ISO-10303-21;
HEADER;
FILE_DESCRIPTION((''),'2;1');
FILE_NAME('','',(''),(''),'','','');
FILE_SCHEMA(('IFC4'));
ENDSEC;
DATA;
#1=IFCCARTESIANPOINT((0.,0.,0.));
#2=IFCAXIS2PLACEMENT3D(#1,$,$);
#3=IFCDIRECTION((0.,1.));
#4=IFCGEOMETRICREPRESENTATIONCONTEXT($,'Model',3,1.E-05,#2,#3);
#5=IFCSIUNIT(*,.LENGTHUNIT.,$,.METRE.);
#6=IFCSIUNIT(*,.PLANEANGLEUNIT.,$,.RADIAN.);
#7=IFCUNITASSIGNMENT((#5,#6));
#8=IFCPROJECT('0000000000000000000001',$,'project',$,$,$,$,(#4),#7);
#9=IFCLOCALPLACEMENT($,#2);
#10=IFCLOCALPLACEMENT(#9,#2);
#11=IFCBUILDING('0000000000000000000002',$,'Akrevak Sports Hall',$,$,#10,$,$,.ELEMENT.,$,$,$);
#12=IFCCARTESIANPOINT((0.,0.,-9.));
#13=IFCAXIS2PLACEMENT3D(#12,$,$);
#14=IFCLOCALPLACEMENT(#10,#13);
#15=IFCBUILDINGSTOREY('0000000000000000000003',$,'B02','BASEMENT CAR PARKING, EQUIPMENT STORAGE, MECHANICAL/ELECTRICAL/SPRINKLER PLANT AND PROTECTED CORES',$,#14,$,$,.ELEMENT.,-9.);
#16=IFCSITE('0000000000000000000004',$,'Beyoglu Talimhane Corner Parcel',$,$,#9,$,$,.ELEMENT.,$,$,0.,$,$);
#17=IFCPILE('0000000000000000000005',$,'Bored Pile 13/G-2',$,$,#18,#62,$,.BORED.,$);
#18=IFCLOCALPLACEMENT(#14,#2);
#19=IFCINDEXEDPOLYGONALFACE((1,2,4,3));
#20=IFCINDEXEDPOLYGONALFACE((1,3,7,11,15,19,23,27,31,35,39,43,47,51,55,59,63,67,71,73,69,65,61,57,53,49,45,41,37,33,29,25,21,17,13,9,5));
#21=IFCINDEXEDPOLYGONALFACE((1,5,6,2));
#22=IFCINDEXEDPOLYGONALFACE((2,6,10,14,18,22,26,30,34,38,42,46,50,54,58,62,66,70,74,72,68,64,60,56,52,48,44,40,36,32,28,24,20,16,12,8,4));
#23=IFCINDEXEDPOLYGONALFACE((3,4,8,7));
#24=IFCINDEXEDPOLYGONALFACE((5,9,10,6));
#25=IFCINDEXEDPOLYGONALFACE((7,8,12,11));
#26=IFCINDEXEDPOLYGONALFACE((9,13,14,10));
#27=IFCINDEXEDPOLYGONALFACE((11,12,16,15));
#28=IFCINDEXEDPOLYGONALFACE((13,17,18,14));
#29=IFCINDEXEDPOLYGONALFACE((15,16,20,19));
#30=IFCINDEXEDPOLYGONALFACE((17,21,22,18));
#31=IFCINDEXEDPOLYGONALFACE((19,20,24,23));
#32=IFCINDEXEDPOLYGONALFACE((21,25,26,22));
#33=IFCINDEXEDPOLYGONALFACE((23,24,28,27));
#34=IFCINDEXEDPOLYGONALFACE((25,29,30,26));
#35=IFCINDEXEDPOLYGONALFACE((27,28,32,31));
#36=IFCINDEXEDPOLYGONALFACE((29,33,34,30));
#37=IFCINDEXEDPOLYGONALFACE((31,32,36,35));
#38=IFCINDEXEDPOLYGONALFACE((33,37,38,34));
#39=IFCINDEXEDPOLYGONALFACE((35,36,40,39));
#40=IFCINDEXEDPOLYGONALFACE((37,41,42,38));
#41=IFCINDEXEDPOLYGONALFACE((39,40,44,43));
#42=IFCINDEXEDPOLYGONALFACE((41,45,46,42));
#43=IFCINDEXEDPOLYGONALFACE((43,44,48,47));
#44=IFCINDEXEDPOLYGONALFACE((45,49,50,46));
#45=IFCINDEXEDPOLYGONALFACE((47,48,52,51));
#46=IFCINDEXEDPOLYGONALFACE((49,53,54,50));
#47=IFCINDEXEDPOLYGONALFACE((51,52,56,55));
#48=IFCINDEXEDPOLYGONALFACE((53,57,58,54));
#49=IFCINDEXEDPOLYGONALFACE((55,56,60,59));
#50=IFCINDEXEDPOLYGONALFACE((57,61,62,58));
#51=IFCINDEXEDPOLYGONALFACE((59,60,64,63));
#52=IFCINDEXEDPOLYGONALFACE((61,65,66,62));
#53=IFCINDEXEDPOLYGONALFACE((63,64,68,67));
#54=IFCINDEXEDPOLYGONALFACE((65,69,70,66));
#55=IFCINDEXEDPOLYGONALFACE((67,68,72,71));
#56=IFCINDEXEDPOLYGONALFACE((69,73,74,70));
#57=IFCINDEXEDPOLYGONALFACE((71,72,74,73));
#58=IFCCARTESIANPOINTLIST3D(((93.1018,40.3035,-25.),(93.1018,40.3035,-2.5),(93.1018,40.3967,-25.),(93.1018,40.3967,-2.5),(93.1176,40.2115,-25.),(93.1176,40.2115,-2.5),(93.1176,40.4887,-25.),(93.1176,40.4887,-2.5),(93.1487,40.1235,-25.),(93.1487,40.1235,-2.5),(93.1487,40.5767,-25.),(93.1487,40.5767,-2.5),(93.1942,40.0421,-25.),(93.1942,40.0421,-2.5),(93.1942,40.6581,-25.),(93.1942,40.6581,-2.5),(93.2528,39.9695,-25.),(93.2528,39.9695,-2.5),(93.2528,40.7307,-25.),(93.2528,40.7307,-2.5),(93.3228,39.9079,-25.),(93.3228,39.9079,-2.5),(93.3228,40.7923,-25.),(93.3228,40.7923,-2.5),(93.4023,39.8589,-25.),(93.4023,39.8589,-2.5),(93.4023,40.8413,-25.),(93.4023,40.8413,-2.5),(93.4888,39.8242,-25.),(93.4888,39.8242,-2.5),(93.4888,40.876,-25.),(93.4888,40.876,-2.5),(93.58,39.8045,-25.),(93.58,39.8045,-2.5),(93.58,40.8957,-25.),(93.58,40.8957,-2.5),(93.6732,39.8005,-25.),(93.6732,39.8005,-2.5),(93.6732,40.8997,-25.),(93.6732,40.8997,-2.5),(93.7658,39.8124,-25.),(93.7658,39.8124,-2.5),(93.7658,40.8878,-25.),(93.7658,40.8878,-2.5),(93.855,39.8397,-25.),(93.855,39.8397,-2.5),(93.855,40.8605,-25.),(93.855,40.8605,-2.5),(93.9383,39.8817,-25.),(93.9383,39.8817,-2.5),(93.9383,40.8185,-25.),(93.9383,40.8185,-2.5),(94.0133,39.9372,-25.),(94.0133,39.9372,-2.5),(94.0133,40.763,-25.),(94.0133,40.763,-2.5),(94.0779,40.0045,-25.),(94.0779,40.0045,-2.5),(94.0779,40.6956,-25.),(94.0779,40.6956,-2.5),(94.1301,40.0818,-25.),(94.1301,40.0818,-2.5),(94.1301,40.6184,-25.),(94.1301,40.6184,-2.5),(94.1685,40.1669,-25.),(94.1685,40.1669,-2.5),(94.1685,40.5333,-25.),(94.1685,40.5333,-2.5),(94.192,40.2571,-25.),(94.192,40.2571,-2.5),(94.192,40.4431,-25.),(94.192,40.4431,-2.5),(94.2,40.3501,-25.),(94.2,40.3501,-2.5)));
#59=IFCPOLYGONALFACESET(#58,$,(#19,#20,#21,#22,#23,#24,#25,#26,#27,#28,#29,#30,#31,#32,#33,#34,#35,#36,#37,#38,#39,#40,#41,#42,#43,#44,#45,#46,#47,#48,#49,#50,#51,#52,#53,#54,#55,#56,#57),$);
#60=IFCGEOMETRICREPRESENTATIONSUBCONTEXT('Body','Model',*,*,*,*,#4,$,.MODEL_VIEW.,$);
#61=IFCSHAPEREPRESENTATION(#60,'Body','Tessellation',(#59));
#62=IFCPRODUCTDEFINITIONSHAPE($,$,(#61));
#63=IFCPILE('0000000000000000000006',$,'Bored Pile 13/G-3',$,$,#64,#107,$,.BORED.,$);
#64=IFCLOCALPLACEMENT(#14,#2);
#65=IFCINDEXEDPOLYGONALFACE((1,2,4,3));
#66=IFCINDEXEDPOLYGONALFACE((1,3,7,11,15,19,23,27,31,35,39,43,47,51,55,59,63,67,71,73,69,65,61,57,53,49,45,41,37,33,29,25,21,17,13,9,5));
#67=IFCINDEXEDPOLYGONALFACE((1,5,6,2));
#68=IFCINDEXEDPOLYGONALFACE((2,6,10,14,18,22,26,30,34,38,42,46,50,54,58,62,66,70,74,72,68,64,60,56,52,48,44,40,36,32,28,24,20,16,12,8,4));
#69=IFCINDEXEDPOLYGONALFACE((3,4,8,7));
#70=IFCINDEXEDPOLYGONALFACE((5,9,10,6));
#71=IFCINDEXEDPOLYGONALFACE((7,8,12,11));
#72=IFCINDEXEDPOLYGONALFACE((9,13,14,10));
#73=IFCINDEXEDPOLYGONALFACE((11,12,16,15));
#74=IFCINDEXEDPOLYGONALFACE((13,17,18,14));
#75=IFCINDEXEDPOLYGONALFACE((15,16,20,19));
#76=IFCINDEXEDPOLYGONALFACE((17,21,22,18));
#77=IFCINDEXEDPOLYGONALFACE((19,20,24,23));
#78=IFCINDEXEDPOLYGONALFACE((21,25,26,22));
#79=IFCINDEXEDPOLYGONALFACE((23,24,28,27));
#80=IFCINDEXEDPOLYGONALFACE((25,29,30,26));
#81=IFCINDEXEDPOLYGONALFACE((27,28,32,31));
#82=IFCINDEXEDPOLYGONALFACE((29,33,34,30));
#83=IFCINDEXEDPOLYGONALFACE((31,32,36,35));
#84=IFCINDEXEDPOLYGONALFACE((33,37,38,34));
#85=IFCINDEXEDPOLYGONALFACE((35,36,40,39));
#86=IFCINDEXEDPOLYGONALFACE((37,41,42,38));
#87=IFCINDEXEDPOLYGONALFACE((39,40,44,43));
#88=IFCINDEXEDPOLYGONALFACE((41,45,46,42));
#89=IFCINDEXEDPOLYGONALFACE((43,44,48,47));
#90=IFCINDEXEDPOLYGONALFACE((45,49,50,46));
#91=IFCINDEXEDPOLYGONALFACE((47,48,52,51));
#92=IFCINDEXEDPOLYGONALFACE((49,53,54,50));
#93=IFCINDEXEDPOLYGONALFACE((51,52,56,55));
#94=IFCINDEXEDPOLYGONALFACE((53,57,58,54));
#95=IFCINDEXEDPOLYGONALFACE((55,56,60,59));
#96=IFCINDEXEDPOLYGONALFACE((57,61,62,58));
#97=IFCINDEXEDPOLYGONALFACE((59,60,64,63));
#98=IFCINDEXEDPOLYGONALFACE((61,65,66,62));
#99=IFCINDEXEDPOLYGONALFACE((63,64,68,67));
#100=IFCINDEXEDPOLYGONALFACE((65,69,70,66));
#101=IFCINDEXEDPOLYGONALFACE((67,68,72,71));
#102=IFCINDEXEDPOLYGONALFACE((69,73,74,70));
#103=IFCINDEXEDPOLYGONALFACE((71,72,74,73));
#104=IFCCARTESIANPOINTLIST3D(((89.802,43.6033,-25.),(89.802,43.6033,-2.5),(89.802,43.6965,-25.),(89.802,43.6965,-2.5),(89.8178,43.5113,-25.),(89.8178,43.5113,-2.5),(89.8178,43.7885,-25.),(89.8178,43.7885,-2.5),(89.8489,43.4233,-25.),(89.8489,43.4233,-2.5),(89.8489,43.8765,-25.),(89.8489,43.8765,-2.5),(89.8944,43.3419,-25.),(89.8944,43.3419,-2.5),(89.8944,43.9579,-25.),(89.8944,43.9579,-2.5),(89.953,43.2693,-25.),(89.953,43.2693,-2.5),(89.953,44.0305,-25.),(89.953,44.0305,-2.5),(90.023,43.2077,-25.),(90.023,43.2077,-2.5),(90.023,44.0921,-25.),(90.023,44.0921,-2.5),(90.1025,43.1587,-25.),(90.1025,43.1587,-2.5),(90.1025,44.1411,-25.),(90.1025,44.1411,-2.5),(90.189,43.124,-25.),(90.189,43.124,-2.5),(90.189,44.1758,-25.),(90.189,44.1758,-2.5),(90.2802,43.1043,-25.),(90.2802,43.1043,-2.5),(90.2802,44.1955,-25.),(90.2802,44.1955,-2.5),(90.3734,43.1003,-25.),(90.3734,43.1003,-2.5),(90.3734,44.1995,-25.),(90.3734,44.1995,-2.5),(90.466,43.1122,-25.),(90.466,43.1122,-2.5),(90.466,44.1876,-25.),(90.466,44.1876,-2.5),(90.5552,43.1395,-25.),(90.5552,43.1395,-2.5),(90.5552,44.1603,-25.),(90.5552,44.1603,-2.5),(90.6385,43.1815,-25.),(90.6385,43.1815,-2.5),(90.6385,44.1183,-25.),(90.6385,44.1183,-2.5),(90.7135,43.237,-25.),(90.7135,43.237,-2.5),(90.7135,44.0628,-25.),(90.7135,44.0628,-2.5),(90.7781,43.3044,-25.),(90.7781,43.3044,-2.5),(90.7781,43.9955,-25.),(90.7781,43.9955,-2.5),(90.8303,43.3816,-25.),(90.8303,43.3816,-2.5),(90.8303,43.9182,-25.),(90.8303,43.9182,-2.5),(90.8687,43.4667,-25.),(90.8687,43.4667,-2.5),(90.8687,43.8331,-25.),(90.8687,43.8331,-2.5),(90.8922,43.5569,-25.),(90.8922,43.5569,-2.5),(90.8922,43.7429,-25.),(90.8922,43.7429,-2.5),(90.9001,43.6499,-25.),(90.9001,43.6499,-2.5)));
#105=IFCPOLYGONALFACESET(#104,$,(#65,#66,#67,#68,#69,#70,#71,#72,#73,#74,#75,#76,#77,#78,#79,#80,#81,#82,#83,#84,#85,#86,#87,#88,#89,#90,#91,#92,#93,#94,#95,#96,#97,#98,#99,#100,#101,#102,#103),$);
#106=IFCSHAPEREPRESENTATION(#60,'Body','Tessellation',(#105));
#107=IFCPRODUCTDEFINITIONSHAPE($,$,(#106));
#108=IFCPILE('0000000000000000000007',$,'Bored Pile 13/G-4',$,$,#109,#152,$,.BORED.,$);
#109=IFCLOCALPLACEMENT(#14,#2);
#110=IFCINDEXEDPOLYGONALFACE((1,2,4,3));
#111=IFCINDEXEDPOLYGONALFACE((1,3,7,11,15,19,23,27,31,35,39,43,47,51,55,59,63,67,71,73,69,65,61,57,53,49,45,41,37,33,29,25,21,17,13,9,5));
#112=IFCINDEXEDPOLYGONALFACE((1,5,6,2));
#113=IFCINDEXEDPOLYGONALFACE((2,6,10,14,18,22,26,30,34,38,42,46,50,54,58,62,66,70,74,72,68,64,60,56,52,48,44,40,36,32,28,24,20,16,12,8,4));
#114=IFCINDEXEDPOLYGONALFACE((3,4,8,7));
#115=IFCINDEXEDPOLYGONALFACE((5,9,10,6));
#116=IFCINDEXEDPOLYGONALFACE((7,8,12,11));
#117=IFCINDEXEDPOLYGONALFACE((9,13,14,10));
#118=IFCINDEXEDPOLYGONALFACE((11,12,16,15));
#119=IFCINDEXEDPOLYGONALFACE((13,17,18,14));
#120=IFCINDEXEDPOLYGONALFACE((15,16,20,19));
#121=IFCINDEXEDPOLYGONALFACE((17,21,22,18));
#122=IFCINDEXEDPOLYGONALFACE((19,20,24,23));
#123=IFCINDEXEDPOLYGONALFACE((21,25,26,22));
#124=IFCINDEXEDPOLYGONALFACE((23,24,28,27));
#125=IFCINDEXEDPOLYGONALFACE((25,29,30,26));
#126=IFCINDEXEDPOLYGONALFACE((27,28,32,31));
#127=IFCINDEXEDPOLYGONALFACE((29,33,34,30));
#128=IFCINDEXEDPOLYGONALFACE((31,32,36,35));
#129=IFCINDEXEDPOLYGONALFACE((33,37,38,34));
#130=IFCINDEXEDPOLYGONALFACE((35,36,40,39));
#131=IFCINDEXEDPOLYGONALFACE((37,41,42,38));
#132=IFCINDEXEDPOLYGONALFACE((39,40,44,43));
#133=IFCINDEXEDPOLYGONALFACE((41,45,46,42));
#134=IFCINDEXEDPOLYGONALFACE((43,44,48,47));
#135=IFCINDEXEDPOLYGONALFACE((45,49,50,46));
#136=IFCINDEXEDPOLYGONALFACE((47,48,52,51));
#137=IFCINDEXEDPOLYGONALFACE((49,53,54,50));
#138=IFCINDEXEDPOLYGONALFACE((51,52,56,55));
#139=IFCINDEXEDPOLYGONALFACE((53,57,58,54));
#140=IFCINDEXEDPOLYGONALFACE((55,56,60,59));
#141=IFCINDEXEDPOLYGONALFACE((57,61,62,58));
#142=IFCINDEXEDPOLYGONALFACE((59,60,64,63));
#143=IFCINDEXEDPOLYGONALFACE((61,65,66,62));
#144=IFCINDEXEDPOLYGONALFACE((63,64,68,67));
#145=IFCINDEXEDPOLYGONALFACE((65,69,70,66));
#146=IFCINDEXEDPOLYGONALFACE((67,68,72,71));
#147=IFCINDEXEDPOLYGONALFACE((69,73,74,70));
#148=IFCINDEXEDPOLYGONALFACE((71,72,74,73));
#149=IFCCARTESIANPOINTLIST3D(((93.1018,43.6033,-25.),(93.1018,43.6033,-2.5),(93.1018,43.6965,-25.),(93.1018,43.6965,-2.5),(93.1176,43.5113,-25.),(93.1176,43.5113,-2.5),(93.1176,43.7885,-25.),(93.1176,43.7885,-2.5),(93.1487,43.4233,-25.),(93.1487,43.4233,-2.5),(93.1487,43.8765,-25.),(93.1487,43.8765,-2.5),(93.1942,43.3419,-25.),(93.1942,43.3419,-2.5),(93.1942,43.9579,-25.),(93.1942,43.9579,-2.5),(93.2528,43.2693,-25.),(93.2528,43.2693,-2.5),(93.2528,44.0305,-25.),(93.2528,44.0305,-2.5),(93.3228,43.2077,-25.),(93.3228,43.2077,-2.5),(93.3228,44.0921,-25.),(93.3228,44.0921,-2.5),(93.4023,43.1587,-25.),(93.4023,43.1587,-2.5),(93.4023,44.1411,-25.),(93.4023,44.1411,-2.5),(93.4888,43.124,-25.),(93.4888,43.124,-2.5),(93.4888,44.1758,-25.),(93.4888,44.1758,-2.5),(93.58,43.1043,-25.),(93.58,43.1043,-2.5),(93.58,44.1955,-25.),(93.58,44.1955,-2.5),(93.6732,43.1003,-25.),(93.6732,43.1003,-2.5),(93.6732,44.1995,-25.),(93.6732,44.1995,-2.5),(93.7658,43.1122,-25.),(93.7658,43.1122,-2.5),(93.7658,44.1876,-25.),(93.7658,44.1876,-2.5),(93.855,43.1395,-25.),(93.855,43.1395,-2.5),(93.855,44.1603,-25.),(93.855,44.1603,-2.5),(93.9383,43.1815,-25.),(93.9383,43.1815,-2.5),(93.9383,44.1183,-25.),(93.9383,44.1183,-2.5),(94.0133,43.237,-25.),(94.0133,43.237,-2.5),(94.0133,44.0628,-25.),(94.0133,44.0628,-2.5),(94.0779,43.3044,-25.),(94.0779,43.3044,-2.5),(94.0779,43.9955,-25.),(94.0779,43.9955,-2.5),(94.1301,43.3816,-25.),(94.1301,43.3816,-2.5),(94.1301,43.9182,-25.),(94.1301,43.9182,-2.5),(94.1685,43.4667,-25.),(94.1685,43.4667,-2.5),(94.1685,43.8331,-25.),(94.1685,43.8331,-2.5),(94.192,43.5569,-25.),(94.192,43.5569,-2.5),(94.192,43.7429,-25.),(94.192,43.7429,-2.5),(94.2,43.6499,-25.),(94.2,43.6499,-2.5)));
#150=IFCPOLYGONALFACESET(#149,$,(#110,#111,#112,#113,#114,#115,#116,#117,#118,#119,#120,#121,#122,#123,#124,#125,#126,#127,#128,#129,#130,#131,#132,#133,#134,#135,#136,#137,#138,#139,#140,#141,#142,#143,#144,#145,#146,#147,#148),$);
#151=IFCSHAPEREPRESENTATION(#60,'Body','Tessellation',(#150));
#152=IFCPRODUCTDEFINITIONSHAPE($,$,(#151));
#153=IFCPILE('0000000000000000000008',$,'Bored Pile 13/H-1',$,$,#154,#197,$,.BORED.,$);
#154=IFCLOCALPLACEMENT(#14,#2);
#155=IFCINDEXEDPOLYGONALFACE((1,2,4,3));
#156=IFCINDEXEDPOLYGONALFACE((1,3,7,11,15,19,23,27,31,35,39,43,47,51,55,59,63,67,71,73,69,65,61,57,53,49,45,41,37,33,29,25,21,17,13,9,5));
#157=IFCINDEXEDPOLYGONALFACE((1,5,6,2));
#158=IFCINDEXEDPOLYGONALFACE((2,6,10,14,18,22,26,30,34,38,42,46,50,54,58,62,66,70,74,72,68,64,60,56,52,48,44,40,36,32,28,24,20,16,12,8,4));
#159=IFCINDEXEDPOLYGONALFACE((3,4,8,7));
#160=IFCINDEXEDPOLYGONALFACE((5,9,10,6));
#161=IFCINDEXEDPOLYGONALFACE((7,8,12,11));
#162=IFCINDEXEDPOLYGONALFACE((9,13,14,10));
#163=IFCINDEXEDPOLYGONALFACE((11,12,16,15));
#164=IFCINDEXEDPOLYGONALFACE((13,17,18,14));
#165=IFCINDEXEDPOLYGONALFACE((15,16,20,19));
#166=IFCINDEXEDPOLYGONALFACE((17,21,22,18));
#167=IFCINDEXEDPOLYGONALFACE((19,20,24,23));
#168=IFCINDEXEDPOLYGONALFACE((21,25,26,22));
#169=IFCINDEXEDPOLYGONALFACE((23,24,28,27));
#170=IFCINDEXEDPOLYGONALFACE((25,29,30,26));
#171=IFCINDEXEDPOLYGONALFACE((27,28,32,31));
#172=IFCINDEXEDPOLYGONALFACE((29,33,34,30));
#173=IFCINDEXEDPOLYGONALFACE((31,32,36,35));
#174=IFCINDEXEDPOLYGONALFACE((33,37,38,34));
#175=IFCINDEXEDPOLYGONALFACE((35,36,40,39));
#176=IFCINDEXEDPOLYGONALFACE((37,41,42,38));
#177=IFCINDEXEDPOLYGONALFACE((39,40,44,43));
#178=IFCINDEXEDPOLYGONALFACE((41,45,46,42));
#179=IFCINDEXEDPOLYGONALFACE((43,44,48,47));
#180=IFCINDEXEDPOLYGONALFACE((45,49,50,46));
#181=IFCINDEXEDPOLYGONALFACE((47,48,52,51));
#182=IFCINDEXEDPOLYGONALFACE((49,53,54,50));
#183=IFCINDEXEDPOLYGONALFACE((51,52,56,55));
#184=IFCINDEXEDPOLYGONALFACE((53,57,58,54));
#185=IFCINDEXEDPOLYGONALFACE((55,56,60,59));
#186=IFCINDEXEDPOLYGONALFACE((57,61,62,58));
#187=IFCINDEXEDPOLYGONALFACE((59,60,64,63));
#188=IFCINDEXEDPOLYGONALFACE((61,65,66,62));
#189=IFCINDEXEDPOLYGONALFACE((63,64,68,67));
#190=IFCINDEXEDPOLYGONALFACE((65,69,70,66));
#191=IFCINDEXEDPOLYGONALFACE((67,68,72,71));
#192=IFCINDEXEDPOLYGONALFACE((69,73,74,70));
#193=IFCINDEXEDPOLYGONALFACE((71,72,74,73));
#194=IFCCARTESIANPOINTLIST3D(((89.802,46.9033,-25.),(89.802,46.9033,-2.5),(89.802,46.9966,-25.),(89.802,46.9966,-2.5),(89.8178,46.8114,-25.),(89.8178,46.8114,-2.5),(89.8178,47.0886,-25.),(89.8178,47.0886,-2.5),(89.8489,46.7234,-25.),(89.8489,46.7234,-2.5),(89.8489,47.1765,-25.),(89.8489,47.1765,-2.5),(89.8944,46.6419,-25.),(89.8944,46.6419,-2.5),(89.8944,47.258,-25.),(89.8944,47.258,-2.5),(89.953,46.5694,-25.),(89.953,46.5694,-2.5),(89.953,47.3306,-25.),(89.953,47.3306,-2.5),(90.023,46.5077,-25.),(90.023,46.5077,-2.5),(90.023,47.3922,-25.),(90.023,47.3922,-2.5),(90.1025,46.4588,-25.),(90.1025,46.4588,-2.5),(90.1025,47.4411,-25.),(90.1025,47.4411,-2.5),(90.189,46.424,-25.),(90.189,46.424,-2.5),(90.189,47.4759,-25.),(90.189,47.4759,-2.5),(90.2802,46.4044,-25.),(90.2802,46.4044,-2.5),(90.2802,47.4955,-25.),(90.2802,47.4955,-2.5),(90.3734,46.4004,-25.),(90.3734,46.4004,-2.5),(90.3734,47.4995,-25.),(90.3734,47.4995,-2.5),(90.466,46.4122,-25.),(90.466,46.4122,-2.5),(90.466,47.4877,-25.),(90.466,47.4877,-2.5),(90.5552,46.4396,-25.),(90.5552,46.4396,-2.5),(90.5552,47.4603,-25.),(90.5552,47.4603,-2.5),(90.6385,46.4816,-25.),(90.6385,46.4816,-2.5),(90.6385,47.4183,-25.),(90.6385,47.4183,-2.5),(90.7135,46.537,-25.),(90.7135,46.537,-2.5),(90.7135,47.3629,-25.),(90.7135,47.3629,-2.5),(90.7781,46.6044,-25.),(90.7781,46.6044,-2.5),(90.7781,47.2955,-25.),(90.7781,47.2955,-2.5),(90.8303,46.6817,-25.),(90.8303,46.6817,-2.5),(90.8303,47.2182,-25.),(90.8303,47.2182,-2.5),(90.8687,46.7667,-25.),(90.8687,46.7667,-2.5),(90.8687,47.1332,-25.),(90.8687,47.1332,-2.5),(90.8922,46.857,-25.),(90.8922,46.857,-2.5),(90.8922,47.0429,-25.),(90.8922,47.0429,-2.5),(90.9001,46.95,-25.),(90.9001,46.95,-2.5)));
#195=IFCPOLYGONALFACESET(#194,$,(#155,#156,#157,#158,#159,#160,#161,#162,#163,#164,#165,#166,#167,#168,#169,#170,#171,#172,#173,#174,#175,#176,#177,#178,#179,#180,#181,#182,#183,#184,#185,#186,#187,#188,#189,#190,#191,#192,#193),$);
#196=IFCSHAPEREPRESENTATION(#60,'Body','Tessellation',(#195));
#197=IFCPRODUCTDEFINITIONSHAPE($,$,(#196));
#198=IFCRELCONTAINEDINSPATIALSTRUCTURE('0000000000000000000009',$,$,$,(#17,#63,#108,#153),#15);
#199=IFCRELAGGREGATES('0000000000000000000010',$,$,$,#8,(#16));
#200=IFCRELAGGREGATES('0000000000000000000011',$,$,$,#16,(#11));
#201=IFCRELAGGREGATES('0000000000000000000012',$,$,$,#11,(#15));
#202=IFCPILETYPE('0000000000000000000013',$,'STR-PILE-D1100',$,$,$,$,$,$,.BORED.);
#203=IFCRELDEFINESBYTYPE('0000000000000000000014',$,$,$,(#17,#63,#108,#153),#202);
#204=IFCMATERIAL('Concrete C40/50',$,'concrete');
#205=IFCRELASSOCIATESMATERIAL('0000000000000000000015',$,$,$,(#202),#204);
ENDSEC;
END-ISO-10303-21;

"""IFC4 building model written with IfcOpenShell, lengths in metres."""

from ifc_helpers import new_model, si_unit, direction, frame, origin, origin_2d, place, context, subcontext, project, spatial, circle, extrude, material, material_profile, profile_set, type_object, element, save


model = new_model("IFC4")

# Units and contexts
model_context = context("Model", 3, precision=1e-05, world=origin(), true_north=direction((0.0, 1.0)))
body_context = subcontext(model_context, "Body", "Model", "MODEL_VIEW")
ifc_project = project(units=[si_unit("LENGTHUNIT", "METRE"), si_unit("PLANEANGLEUNIT", "RADIAN")], contexts=[model_context])

# Site, building, storey
site_placement = place(None, origin())
site = spatial("IfcSite", under=ifc_project, at=site_placement, Name="Beyoglu Talimhane Corner Parcel", CompositionType="ELEMENT", RefElevation=0.0)
building_placement = place(site_placement, origin())
building = spatial("IfcBuilding", under=site, at=building_placement, Name="Akrevak Sports Hall", CompositionType="ELEMENT")
storey_placement = place(building_placement, frame((0.0, 0.0, -9.0)))
storey = spatial("IfcBuildingStorey", under=building, at=storey_placement, Name="B02", Description="BASEMENT CAR PARKING, EQUIPMENT STORAGE, MECHANICAL/ELECTRICAL/SPRINKLER PLANT AND PROTECTED CORES", CompositionType="ELEMENT", Elevation=-9.0)

# Shared definitions
ifc_material_1 = material(Name="Concrete C40/50", Category="concrete")

# Piles
ifc_material_profile_1 = material_profile(ifc_material_1, circle(Radius=0.55, at=origin_2d()), Name="BORED PILE D1100", Category="concrete")
ifc_profile_set_1 = profile_set([ifc_material_profile_1], Name="Concrete C40/50")
pile_type = type_object("IfcPileType", Name="STR-PILE-D1100", PredefinedType="BORED", material=ifc_profile_set_1)
for number, where, z_axis, x_axis, name in (
    (1, (93.6499, 40.3501, -2.5), (0.0, 0.0, -1.0), (1.0, 0.0, 0.0), "Bored Pile 13/G-2"),
    (2, (90.3501, 43.6499, -2.5), (0.0, 0.0, -1.0), (1.0, 0.0, 0.0), "Bored Pile 13/G-3"),
    (3, (93.6499, 43.6499, -2.5), (0.0, 0.0, -1.0), (1.0, 0.0, 0.0), "Bored Pile 13/G-4"),
    (4, (90.3501, 46.95, -2.5), (0.0, 0.0, -1.0), (1.0, 0.0, 0.0), "Bored Pile 13/H-1"),
):
    element("IfcPile", number, at=place(storey_placement, frame(where, z_axis=z_axis, x_axis=x_axis)), inside=storey, type_object=pile_type, Name=name, PredefinedType="BORED", context=body_context, shape_type="SweptSolid", body=[
        extrude(circle(Radius=0.55, at=origin_2d()), origin(), (0.0, 0.0, 1.0), 22.5),
    ])

save(model, "model.ifc")
